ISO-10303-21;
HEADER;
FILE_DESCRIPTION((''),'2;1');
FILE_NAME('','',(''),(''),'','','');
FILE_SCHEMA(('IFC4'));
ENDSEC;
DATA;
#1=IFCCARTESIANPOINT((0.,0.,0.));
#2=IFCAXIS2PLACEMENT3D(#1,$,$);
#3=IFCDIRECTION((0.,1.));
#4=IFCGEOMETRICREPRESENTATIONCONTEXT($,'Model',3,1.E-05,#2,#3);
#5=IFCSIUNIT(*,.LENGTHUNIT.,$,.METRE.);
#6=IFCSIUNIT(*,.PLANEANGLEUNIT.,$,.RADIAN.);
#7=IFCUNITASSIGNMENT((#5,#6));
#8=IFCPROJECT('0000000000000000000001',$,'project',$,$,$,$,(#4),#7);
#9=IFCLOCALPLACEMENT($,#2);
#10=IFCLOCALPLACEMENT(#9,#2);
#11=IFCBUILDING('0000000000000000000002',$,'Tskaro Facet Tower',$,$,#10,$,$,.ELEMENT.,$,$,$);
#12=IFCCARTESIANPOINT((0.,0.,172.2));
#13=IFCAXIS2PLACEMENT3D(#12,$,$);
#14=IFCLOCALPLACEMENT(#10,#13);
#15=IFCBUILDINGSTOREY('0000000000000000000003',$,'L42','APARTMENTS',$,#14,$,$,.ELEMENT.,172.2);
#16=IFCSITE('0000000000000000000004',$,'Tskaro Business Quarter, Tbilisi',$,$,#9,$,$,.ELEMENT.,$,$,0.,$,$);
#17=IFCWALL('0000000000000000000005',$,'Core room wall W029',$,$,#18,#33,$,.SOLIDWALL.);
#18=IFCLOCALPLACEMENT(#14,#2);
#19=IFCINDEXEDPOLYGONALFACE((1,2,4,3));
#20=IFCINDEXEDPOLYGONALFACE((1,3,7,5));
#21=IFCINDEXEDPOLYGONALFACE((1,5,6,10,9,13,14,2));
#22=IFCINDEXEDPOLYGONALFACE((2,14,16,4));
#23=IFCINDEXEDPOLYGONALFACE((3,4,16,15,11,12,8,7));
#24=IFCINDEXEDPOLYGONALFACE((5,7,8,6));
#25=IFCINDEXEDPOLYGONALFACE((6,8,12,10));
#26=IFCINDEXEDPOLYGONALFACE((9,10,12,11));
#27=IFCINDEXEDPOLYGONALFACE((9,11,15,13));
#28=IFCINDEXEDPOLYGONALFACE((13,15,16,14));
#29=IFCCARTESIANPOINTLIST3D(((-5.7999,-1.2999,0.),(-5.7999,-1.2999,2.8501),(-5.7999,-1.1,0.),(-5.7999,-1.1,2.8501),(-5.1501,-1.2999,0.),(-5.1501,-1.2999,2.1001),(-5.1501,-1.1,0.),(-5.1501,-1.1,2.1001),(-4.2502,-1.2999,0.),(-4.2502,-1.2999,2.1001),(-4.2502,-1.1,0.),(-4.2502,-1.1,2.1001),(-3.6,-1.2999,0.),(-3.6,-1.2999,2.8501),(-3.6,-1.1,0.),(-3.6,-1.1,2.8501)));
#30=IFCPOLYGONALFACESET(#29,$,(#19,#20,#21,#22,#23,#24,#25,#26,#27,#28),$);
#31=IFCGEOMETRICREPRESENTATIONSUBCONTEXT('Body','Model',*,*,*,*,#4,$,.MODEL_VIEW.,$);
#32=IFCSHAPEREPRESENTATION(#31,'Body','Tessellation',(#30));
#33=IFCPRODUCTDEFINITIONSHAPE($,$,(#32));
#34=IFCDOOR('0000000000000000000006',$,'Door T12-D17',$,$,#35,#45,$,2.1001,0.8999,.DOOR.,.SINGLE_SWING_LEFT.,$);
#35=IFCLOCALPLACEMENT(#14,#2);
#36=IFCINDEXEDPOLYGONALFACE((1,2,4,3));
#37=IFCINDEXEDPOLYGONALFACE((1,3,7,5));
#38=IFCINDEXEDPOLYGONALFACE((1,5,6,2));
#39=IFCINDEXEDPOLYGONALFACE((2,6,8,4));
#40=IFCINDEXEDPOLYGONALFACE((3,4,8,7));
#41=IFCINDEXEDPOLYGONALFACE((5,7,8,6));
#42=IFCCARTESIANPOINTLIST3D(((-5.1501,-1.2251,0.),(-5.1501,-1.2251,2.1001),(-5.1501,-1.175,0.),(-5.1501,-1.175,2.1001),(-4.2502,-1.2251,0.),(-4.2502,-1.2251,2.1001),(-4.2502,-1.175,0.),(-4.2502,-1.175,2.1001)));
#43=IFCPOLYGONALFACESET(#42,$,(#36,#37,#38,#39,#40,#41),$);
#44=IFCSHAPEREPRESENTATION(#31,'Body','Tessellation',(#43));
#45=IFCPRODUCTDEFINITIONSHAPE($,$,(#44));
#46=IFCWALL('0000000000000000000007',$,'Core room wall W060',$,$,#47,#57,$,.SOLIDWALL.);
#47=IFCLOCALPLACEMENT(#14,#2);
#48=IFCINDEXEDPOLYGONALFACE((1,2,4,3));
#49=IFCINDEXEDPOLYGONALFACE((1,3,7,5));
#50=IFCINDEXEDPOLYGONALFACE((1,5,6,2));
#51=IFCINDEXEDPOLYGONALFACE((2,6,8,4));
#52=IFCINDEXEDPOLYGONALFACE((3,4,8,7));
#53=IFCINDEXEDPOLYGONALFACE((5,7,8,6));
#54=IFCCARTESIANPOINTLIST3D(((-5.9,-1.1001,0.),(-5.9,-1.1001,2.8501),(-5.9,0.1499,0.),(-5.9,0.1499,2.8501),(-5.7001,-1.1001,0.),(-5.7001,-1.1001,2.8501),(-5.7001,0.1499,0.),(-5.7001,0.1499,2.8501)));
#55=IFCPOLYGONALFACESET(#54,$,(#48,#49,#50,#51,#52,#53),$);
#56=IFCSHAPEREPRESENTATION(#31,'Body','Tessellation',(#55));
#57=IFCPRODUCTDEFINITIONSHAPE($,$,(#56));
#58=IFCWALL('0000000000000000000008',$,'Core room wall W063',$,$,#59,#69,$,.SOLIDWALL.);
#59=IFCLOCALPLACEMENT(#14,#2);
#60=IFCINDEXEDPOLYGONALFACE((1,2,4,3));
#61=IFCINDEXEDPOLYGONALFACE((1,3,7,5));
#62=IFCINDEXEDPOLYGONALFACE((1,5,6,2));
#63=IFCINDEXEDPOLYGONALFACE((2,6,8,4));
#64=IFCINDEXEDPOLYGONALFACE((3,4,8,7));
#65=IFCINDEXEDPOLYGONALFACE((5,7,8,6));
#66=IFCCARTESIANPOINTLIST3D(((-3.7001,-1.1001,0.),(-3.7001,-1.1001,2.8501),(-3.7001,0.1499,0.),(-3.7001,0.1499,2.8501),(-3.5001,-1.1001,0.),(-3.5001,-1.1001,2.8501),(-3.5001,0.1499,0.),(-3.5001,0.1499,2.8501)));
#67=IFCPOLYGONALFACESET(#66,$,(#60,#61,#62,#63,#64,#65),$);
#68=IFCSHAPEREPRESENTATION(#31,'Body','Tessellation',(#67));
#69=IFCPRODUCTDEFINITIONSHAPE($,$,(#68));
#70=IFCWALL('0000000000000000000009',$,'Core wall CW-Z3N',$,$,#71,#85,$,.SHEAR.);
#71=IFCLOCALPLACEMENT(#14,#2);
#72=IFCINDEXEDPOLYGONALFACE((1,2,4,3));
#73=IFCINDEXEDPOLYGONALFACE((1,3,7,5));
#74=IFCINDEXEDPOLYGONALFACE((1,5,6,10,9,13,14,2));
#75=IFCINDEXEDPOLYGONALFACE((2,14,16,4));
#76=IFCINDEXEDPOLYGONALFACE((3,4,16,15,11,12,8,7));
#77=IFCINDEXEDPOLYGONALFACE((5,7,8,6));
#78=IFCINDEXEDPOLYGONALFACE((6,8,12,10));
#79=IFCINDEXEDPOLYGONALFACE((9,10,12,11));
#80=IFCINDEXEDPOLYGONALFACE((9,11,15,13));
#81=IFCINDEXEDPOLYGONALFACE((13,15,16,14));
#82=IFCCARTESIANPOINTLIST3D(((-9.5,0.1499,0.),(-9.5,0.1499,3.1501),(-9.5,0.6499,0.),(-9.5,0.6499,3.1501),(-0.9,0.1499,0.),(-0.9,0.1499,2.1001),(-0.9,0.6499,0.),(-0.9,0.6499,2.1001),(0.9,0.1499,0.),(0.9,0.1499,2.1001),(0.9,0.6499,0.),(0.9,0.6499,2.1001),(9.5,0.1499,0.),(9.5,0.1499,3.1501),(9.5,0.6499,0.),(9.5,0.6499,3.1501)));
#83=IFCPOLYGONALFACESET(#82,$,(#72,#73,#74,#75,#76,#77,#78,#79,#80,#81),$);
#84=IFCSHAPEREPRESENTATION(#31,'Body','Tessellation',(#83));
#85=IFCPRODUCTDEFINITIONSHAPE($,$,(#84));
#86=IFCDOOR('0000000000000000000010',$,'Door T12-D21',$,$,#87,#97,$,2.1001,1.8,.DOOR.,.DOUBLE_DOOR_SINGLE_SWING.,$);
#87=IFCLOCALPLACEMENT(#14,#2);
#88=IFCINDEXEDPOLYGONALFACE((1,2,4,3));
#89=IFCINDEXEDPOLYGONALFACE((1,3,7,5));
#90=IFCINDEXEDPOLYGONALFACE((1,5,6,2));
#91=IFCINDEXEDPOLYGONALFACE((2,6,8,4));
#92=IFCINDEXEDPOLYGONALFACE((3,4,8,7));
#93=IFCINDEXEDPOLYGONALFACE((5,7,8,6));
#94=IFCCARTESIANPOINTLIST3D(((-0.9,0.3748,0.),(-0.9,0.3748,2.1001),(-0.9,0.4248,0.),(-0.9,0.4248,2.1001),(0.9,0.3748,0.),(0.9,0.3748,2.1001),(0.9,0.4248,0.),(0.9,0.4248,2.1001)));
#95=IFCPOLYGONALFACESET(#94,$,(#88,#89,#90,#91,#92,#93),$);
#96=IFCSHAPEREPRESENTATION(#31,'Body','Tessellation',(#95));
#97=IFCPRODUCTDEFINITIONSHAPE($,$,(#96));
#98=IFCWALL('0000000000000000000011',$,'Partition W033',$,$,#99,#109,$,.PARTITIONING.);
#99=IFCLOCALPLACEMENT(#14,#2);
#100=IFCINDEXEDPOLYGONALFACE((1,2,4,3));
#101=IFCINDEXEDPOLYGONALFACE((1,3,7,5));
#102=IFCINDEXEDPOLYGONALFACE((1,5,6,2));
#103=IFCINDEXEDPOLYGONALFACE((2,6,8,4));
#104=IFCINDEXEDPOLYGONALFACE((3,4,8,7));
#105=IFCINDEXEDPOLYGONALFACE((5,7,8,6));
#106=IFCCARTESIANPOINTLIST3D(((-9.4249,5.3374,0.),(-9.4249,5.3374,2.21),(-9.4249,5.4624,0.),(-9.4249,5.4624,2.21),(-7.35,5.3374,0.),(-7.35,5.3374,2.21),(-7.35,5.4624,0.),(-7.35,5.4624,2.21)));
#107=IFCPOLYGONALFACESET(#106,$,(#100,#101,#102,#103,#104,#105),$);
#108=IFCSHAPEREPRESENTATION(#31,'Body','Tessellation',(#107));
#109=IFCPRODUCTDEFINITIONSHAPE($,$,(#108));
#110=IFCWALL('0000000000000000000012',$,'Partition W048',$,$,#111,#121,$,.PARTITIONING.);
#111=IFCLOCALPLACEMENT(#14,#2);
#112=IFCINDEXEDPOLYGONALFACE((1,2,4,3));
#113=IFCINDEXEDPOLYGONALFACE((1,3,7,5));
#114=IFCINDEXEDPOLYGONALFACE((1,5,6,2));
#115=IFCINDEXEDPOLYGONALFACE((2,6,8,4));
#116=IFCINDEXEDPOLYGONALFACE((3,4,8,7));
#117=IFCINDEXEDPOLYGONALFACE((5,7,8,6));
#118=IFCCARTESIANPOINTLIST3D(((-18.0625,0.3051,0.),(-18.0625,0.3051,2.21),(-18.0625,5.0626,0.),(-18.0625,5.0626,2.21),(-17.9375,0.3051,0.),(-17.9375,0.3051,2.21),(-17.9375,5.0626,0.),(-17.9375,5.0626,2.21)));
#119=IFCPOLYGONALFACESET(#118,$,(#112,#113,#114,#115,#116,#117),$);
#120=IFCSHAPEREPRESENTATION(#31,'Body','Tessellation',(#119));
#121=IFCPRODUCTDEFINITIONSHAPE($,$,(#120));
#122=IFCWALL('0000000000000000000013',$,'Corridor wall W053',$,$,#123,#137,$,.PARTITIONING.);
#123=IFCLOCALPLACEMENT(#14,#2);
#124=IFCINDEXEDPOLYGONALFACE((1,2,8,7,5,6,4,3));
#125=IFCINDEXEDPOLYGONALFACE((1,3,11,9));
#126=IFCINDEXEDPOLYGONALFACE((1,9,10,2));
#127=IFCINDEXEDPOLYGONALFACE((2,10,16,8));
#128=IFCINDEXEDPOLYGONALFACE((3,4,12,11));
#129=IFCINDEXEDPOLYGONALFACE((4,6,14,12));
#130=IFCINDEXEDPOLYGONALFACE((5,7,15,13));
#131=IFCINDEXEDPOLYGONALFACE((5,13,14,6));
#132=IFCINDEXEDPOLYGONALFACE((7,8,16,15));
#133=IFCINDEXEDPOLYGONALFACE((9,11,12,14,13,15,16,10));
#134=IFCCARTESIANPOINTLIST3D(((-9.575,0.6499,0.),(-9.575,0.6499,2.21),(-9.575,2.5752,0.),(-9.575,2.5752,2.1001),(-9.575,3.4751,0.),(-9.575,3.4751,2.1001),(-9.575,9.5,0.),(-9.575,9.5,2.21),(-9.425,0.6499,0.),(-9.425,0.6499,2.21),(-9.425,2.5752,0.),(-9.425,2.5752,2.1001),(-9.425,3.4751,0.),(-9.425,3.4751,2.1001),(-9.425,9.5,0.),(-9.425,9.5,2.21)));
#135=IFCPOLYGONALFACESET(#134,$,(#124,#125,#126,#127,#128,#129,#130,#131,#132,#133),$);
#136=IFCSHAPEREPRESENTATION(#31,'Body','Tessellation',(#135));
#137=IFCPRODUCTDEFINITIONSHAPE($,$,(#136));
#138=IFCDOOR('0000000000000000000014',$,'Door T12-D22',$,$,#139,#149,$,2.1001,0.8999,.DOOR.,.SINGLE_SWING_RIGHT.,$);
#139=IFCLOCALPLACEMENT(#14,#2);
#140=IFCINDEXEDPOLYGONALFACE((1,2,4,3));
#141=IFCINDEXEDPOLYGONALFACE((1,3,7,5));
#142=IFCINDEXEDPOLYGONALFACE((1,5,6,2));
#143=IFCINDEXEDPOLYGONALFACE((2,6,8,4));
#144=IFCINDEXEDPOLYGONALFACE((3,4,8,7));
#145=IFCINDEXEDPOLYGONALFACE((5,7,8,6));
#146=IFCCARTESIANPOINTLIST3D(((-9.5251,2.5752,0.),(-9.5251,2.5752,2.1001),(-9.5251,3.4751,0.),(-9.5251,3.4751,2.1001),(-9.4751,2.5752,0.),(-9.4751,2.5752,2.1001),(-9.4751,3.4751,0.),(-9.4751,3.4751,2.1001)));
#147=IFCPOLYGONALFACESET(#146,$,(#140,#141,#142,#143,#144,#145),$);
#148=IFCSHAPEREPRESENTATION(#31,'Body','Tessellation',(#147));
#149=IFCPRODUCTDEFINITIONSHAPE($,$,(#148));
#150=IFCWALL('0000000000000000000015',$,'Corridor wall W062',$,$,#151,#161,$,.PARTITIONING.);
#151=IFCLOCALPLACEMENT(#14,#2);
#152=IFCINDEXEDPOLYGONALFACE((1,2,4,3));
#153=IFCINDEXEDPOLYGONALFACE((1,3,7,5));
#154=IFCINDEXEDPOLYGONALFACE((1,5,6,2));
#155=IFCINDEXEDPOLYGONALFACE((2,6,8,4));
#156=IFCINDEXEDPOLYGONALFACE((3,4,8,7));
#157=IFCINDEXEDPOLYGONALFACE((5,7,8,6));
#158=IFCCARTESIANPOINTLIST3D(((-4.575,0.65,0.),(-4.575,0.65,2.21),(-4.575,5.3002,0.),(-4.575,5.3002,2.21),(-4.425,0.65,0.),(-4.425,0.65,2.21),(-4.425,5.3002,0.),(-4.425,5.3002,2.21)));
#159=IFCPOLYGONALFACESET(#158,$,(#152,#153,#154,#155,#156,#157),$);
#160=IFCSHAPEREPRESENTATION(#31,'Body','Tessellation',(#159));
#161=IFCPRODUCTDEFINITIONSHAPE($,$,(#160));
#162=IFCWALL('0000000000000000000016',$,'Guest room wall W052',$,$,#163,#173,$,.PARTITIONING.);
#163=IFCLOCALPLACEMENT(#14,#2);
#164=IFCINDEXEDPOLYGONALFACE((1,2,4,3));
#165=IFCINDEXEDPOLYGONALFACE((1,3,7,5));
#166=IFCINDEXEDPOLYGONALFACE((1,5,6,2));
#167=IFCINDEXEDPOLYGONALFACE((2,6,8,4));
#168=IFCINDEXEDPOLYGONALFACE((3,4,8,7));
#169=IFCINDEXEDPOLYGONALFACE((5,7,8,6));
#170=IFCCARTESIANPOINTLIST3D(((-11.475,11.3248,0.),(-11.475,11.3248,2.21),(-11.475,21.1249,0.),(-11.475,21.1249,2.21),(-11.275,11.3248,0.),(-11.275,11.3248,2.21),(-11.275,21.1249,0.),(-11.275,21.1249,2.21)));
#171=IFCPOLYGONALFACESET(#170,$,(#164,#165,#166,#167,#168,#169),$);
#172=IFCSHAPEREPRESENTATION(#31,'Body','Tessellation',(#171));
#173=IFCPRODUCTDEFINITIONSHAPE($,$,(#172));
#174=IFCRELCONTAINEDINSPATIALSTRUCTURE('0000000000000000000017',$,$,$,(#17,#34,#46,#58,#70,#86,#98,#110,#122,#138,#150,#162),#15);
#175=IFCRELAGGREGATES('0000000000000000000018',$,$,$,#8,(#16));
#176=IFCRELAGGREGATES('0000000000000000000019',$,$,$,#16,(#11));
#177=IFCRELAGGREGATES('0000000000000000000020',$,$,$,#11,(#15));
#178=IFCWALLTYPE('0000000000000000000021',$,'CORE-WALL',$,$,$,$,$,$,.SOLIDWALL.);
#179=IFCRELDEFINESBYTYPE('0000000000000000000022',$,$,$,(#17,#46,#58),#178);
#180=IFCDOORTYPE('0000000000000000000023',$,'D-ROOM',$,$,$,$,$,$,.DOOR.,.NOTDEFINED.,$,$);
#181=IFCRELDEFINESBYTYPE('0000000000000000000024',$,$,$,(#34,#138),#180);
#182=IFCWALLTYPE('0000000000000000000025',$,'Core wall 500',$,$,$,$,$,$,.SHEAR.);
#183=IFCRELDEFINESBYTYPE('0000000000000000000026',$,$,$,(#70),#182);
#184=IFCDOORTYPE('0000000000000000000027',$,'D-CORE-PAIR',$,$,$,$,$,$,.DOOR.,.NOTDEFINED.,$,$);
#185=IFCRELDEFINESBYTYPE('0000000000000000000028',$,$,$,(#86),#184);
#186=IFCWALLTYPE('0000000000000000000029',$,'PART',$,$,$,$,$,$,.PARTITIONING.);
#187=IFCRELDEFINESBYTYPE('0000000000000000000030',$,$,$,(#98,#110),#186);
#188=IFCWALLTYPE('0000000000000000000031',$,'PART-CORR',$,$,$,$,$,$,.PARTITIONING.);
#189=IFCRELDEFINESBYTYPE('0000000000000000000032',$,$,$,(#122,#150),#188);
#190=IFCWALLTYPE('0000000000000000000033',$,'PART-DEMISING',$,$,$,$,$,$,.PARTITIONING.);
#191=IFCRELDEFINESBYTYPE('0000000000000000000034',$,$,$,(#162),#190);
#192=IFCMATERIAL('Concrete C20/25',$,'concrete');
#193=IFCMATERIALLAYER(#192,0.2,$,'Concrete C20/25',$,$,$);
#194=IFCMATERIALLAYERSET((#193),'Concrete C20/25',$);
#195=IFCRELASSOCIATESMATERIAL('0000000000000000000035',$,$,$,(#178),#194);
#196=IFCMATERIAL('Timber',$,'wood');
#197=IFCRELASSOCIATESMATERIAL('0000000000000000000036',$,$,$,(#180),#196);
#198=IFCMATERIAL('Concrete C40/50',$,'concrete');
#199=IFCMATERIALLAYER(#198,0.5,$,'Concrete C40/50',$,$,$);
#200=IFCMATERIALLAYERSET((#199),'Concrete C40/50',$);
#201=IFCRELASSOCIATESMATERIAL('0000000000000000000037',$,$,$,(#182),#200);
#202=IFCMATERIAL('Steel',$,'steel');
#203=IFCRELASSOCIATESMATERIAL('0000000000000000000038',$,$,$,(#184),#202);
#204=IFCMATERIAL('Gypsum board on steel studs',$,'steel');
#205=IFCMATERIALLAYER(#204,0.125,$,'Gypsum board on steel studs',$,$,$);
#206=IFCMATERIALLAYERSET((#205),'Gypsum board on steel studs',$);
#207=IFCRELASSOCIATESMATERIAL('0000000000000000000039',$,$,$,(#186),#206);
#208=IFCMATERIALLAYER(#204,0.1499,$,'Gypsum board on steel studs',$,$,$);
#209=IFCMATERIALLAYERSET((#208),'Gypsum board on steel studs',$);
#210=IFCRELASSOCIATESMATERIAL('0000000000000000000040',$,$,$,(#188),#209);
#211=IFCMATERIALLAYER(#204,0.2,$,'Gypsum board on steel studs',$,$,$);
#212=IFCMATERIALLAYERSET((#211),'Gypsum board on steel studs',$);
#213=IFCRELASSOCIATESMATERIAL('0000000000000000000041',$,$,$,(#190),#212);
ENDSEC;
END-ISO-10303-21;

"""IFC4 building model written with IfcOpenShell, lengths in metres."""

from ifc_helpers import new_model, si_unit, direction, frame, frame_2d, origin, place, context, subcontext, project, spatial, rectangle, extrude, material, layer, layer_set, type_object, element, fill, save


model = new_model("IFC4")

# Units and contexts
model_context = context("Model", 3, precision=1e-05, world=origin(), true_north=direction((0.0, 1.0)))
body_context = subcontext(model_context, "Body", "Model", "MODEL_VIEW")
ifc_project = project(units=[si_unit("LENGTHUNIT", "METRE"), si_unit("PLANEANGLEUNIT", "RADIAN")], contexts=[model_context])

# Site, building, storey
site_placement = place(None, origin())
site = spatial("IfcSite", under=ifc_project, at=site_placement, Name="Tskaro Business Quarter, Tbilisi", CompositionType="ELEMENT", RefElevation=0.0)
building_placement = place(site_placement, origin())
building = spatial("IfcBuilding", under=site, at=building_placement, Name="Tskaro Facet Tower", CompositionType="ELEMENT")
storey_placement = place(building_placement, frame((0.0, 0.0, 172.2)))
storey = spatial("IfcBuildingStorey", under=building, at=storey_placement, Name="L42", Description="APARTMENTS", CompositionType="ELEMENT", Elevation=172.2)

# Wall, opening, door
ifc_material_1 = material(Name="Concrete C20/25", Category="concrete")
ifc_layer_1 = layer(ifc_material_1, 0.2, Name="Concrete C20/25")
ifc_layer_set_1 = layer_set([ifc_layer_1], Name="Concrete C20/25")
wall_type_1 = type_object("IfcWallType", Name="CORE-WALL", PredefinedType="SOLIDWALL", material=ifc_layer_set_1)
wall_1_placement = place(storey_placement, frame((-5.8, -1.2, 0.0), z_axis=(0.0, 0.0, 1.0), x_axis=(1.0, 0.0, 0.0)))
wall_1 = element("IfcWall", 1, at=wall_1_placement, inside=storey, type_object=wall_type_1, Name="Core room wall W029", PredefinedType="SOLIDWALL", context=body_context, shape_type="SweptSolid", body=[
    extrude(rectangle(XDim=2.2, YDim=0.2, at=frame_2d((1.1001, 0.0))), origin(), (0.0, 0.0, 1.0), 2.8501),
])
opening_1_placement = place(wall_1_placement, frame((0.6499, 0.0, 0.0)))
opening_1 = element("IfcOpeningElement", 2, at=opening_1_placement, cuts=wall_1, PredefinedType="OPENING", context=body_context, shape_type="SweptSolid", body=[
    extrude(rectangle(XDim=0.8999, YDim=2.1001, at=frame_2d((0.45, 1.05))), frame((0.0, 0.1099, 0.0), z_axis=(0.0, -1.0, 0.0), x_axis=(1.0, 0.0, 0.0)), (0.0, 0.0, 1.0), 0.22),
])
ifc_material_2 = material(Name="Timber", Category="wood")
door_type_1 = type_object("IfcDoorType", Name="D-ROOM", OperationType="NOTDEFINED", PredefinedType="DOOR", material=ifc_material_2)
door_1_placement = place(opening_1_placement, origin())
door_1 = element("IfcDoor", 3, at=door_1_placement, inside=storey, type_object=door_type_1, Name="Door T12-D17", OperationType="SINGLE_SWING_LEFT", OverallHeight=2.1001, OverallWidth=0.8999, PredefinedType="DOOR", context=body_context, shape_type="SweptSolid", body=[
    extrude(rectangle(XDim=0.8999, YDim=2.1001, at=frame_2d((0.45, 1.05))), frame((0.0, 0.0249, 0.0), z_axis=(0.0, -1.0, 0.0), x_axis=(1.0, 0.0, 0.0)), (0.0, 0.0, 1.0), 0.05),
])
fill(opening_1, door_1)

# Walls
for number, where, z_axis, x_axis, name in (
    (4, (-5.8, -1.1001, 0.0), (0.0, 0.0, 1.0), (0.0, 1.0, 0.0), "Core room wall W060"),
    (5, (-3.6001, -1.1001, 0.0), (0.0, 0.0, 1.0), (0.0, 1.0, 0.0), "Core room wall W063"),
):
    element("IfcWall", number, at=place(storey_placement, frame(where, z_axis=z_axis, x_axis=x_axis)), inside=storey, type_object=wall_type_1, Name=name, PredefinedType="SOLIDWALL", context=body_context, shape_type="SweptSolid", body=[
        extrude(rectangle(XDim=1.25, YDim=0.2, at=frame_2d((0.625, 0.0))), origin(), (0.0, 0.0, 1.0), 2.8501),
    ])

# Wall, opening, door
ifc_material_3 = material(Name="Concrete C40/50", Category="concrete")
ifc_layer_2 = layer(ifc_material_3, 0.5, Name="Concrete C40/50")
ifc_layer_set_2 = layer_set([ifc_layer_2], Name="Concrete C40/50")
wall_type_2 = type_object("IfcWallType", Name="Core wall 500", PredefinedType="SHEAR", material=ifc_layer_set_2)
wall_2_placement = place(storey_placement, frame((-9.5, 0.3999, 0.0), z_axis=(0.0, 0.0, 1.0), x_axis=(1.0, 0.0, 0.0)))
wall_2 = element("IfcWall", 6, at=wall_2_placement, inside=storey, type_object=wall_type_2, Name="Core wall CW-Z3N", PredefinedType="SHEAR", context=body_context, shape_type="SweptSolid", body=[
    extrude(rectangle(XDim=19.0, YDim=0.5, at=frame_2d((9.5, 0.0))), origin(), (0.0, 0.0, 1.0), 3.1501),
])
opening_2_placement = place(wall_2_placement, frame((8.6001, 0.0, 0.0)))
opening_2 = element("IfcOpeningElement", 7, at=opening_2_placement, cuts=wall_2, PredefinedType="OPENING", context=body_context, shape_type="SweptSolid", body=[
    extrude(rectangle(XDim=1.8, YDim=2.1001, at=frame_2d((0.8999, 1.05))), frame((0.0, 0.26, 0.0), z_axis=(0.0, -1.0, 0.0), x_axis=(1.0, 0.0, 0.0)), (0.0, 0.0, 1.0), 0.52),
])
ifc_material_4 = material(Name="Steel", Category="steel")
door_type_2 = type_object("IfcDoorType", Name="D-CORE-PAIR", OperationType="NOTDEFINED", PredefinedType="DOOR", material=ifc_material_4)
door_2_placement = place(opening_2_placement, origin())
door_2 = element("IfcDoor", 8, at=door_2_placement, inside=storey, type_object=door_type_2, Name="Door T12-D21", OperationType="DOUBLE_DOOR_SINGLE_SWING", OverallHeight=2.1001, OverallWidth=1.8, PredefinedType="DOOR", context=body_context, shape_type="SweptSolid", body=[
    extrude(rectangle(XDim=1.8, YDim=2.1001, at=frame_2d((0.8999, 1.05))), frame((0.0, 0.0249, 0.0), z_axis=(0.0, -1.0, 0.0), x_axis=(1.0, 0.0, 0.0)), (0.0, 0.0, 1.0), 0.05),
])
fill(opening_2, door_2)

# Walls
ifc_material_5 = material(Name="Gypsum board on steel studs", Category="steel")
ifc_layer_3 = layer(ifc_material_5, 0.125, Name="Gypsum board on steel studs")
ifc_layer_set_3 = layer_set([ifc_layer_3], Name="Gypsum board on steel studs")
wall_type_3 = type_object("IfcWallType", Name="PART", PredefinedType="PARTITIONING", material=ifc_layer_set_3)
wall_3_placement = place(storey_placement, frame((-9.425, 5.3999, 0.0), z_axis=(0.0, 0.0, 1.0), x_axis=(1.0, 0.0, 0.0)))
element("IfcWall", 9, at=wall_3_placement, inside=storey, type_object=wall_type_3, Name="Partition W033", PredefinedType="PARTITIONING", context=body_context, shape_type="SweptSolid", body=[
    extrude(rectangle(XDim=2.075, YDim=0.125, at=frame_2d((1.0376, 0.0))), origin(), (0.0, 0.0, 1.0), 2.21),
])
wall_4_placement = place(storey_placement, frame((-18.0, 0.3049, 0.0), z_axis=(0.0, 0.0, 1.0), x_axis=(0.0, 1.0, 0.0)))
element("IfcWall", 10, at=wall_4_placement, inside=storey, type_object=wall_type_3, Name="Partition W048", PredefinedType="PARTITIONING", context=body_context, shape_type="SweptSolid", body=[
    extrude(rectangle(XDim=4.7576, YDim=0.125, at=frame_2d((2.3789, 0.0))), origin(), (0.0, 0.0, 1.0), 2.21),
])

# Wall, opening, door
ifc_layer_4 = layer(ifc_material_5, 0.1499, Name="Gypsum board on steel studs")
ifc_layer_set_4 = layer_set([ifc_layer_4], Name="Gypsum board on steel studs")
wall_type_4 = type_object("IfcWallType", Name="PART-CORR", PredefinedType="PARTITIONING", material=ifc_layer_set_4)
wall_5_placement = place(storey_placement, frame((-9.5, 9.5, 0.0), z_axis=(0.0, 0.0, 1.0), x_axis=(0.0, -1.0, 0.0)))
wall_5 = element("IfcWall", 11, at=wall_5_placement, inside=storey, type_object=wall_type_4, Name="Corridor wall W053", PredefinedType="PARTITIONING", context=body_context, shape_type="SweptSolid", body=[
    extrude(rectangle(XDim=8.8501, YDim=0.1499, at=frame_2d((4.425, 0.0))), origin(), (0.0, 0.0, 1.0), 2.21),
])
opening_3_placement = place(wall_5_placement, frame((6.0249, 0.0, 0.0)))
opening_3 = element("IfcOpeningElement", 12, at=opening_3_placement, cuts=wall_5, PredefinedType="OPENING", context=body_context, shape_type="SweptSolid", body=[
    extrude(rectangle(XDim=0.8999, YDim=2.1001, at=frame_2d((0.45, 1.05))), frame((0.0, 0.085, 0.0), z_axis=(0.0, -1.0, 0.0), x_axis=(1.0, 0.0, 0.0)), (0.0, 0.0, 1.0), 0.1699),
])
door_3_placement = place(opening_3_placement, origin())
door_3 = element("IfcDoor", 13, at=door_3_placement, inside=storey, type_object=door_type_1, Name="Door T12-D22", OperationType="SINGLE_SWING_RIGHT", OverallHeight=2.1001, OverallWidth=0.8999, PredefinedType="DOOR", context=body_context, shape_type="SweptSolid", body=[
    extrude(rectangle(XDim=0.8999, YDim=2.1001, at=frame_2d((0.45, 1.05))), frame((0.0, 0.0249, 0.0), z_axis=(0.0, -1.0, 0.0), x_axis=(1.0, 0.0, 0.0)), (0.0, 0.0, 1.0), 0.05),
])
fill(opening_3, door_3)

# Walls
wall_6_placement = place(storey_placement, frame((-4.5, 0.6499, 0.0), z_axis=(0.0, 0.0, 1.0), x_axis=(0.0, 1.0, 0.0)))
element("IfcWall", 14, at=wall_6_placement, inside=storey, type_object=wall_type_4, Name="Corridor wall W062", PredefinedType="PARTITIONING", context=body_context, shape_type="SweptSolid", body=[
    extrude(rectangle(XDim=4.6501, YDim=0.1499, at=frame_2d((2.3252, 0.0))), origin(), (0.0, 0.0, 1.0), 2.21),
])
ifc_layer_5 = layer(ifc_material_5, 0.2, Name="Gypsum board on steel studs")
ifc_layer_set_5 = layer_set([ifc_layer_5], Name="Gypsum board on steel studs")
wall_type_5 = type_object("IfcWallType", Name="PART-DEMISING", PredefinedType="PARTITIONING", material=ifc_layer_set_5)
wall_7_placement = place(storey_placement, frame((-11.375, 11.325, 0.0), z_axis=(0.0, 0.0, 1.0), x_axis=(0.0, 1.0, 0.0)))
element("IfcWall", 15, at=wall_7_placement, inside=storey, type_object=wall_type_5, Name="Guest room wall W052", PredefinedType="PARTITIONING", context=body_context, shape_type="SweptSolid", body=[
    extrude(rectangle(XDim=9.8, YDim=0.2, at=frame_2d((4.8999, 0.0))), origin(), (0.0, 0.0, 1.0), 2.21),
])

save(model, "model.ifc")
